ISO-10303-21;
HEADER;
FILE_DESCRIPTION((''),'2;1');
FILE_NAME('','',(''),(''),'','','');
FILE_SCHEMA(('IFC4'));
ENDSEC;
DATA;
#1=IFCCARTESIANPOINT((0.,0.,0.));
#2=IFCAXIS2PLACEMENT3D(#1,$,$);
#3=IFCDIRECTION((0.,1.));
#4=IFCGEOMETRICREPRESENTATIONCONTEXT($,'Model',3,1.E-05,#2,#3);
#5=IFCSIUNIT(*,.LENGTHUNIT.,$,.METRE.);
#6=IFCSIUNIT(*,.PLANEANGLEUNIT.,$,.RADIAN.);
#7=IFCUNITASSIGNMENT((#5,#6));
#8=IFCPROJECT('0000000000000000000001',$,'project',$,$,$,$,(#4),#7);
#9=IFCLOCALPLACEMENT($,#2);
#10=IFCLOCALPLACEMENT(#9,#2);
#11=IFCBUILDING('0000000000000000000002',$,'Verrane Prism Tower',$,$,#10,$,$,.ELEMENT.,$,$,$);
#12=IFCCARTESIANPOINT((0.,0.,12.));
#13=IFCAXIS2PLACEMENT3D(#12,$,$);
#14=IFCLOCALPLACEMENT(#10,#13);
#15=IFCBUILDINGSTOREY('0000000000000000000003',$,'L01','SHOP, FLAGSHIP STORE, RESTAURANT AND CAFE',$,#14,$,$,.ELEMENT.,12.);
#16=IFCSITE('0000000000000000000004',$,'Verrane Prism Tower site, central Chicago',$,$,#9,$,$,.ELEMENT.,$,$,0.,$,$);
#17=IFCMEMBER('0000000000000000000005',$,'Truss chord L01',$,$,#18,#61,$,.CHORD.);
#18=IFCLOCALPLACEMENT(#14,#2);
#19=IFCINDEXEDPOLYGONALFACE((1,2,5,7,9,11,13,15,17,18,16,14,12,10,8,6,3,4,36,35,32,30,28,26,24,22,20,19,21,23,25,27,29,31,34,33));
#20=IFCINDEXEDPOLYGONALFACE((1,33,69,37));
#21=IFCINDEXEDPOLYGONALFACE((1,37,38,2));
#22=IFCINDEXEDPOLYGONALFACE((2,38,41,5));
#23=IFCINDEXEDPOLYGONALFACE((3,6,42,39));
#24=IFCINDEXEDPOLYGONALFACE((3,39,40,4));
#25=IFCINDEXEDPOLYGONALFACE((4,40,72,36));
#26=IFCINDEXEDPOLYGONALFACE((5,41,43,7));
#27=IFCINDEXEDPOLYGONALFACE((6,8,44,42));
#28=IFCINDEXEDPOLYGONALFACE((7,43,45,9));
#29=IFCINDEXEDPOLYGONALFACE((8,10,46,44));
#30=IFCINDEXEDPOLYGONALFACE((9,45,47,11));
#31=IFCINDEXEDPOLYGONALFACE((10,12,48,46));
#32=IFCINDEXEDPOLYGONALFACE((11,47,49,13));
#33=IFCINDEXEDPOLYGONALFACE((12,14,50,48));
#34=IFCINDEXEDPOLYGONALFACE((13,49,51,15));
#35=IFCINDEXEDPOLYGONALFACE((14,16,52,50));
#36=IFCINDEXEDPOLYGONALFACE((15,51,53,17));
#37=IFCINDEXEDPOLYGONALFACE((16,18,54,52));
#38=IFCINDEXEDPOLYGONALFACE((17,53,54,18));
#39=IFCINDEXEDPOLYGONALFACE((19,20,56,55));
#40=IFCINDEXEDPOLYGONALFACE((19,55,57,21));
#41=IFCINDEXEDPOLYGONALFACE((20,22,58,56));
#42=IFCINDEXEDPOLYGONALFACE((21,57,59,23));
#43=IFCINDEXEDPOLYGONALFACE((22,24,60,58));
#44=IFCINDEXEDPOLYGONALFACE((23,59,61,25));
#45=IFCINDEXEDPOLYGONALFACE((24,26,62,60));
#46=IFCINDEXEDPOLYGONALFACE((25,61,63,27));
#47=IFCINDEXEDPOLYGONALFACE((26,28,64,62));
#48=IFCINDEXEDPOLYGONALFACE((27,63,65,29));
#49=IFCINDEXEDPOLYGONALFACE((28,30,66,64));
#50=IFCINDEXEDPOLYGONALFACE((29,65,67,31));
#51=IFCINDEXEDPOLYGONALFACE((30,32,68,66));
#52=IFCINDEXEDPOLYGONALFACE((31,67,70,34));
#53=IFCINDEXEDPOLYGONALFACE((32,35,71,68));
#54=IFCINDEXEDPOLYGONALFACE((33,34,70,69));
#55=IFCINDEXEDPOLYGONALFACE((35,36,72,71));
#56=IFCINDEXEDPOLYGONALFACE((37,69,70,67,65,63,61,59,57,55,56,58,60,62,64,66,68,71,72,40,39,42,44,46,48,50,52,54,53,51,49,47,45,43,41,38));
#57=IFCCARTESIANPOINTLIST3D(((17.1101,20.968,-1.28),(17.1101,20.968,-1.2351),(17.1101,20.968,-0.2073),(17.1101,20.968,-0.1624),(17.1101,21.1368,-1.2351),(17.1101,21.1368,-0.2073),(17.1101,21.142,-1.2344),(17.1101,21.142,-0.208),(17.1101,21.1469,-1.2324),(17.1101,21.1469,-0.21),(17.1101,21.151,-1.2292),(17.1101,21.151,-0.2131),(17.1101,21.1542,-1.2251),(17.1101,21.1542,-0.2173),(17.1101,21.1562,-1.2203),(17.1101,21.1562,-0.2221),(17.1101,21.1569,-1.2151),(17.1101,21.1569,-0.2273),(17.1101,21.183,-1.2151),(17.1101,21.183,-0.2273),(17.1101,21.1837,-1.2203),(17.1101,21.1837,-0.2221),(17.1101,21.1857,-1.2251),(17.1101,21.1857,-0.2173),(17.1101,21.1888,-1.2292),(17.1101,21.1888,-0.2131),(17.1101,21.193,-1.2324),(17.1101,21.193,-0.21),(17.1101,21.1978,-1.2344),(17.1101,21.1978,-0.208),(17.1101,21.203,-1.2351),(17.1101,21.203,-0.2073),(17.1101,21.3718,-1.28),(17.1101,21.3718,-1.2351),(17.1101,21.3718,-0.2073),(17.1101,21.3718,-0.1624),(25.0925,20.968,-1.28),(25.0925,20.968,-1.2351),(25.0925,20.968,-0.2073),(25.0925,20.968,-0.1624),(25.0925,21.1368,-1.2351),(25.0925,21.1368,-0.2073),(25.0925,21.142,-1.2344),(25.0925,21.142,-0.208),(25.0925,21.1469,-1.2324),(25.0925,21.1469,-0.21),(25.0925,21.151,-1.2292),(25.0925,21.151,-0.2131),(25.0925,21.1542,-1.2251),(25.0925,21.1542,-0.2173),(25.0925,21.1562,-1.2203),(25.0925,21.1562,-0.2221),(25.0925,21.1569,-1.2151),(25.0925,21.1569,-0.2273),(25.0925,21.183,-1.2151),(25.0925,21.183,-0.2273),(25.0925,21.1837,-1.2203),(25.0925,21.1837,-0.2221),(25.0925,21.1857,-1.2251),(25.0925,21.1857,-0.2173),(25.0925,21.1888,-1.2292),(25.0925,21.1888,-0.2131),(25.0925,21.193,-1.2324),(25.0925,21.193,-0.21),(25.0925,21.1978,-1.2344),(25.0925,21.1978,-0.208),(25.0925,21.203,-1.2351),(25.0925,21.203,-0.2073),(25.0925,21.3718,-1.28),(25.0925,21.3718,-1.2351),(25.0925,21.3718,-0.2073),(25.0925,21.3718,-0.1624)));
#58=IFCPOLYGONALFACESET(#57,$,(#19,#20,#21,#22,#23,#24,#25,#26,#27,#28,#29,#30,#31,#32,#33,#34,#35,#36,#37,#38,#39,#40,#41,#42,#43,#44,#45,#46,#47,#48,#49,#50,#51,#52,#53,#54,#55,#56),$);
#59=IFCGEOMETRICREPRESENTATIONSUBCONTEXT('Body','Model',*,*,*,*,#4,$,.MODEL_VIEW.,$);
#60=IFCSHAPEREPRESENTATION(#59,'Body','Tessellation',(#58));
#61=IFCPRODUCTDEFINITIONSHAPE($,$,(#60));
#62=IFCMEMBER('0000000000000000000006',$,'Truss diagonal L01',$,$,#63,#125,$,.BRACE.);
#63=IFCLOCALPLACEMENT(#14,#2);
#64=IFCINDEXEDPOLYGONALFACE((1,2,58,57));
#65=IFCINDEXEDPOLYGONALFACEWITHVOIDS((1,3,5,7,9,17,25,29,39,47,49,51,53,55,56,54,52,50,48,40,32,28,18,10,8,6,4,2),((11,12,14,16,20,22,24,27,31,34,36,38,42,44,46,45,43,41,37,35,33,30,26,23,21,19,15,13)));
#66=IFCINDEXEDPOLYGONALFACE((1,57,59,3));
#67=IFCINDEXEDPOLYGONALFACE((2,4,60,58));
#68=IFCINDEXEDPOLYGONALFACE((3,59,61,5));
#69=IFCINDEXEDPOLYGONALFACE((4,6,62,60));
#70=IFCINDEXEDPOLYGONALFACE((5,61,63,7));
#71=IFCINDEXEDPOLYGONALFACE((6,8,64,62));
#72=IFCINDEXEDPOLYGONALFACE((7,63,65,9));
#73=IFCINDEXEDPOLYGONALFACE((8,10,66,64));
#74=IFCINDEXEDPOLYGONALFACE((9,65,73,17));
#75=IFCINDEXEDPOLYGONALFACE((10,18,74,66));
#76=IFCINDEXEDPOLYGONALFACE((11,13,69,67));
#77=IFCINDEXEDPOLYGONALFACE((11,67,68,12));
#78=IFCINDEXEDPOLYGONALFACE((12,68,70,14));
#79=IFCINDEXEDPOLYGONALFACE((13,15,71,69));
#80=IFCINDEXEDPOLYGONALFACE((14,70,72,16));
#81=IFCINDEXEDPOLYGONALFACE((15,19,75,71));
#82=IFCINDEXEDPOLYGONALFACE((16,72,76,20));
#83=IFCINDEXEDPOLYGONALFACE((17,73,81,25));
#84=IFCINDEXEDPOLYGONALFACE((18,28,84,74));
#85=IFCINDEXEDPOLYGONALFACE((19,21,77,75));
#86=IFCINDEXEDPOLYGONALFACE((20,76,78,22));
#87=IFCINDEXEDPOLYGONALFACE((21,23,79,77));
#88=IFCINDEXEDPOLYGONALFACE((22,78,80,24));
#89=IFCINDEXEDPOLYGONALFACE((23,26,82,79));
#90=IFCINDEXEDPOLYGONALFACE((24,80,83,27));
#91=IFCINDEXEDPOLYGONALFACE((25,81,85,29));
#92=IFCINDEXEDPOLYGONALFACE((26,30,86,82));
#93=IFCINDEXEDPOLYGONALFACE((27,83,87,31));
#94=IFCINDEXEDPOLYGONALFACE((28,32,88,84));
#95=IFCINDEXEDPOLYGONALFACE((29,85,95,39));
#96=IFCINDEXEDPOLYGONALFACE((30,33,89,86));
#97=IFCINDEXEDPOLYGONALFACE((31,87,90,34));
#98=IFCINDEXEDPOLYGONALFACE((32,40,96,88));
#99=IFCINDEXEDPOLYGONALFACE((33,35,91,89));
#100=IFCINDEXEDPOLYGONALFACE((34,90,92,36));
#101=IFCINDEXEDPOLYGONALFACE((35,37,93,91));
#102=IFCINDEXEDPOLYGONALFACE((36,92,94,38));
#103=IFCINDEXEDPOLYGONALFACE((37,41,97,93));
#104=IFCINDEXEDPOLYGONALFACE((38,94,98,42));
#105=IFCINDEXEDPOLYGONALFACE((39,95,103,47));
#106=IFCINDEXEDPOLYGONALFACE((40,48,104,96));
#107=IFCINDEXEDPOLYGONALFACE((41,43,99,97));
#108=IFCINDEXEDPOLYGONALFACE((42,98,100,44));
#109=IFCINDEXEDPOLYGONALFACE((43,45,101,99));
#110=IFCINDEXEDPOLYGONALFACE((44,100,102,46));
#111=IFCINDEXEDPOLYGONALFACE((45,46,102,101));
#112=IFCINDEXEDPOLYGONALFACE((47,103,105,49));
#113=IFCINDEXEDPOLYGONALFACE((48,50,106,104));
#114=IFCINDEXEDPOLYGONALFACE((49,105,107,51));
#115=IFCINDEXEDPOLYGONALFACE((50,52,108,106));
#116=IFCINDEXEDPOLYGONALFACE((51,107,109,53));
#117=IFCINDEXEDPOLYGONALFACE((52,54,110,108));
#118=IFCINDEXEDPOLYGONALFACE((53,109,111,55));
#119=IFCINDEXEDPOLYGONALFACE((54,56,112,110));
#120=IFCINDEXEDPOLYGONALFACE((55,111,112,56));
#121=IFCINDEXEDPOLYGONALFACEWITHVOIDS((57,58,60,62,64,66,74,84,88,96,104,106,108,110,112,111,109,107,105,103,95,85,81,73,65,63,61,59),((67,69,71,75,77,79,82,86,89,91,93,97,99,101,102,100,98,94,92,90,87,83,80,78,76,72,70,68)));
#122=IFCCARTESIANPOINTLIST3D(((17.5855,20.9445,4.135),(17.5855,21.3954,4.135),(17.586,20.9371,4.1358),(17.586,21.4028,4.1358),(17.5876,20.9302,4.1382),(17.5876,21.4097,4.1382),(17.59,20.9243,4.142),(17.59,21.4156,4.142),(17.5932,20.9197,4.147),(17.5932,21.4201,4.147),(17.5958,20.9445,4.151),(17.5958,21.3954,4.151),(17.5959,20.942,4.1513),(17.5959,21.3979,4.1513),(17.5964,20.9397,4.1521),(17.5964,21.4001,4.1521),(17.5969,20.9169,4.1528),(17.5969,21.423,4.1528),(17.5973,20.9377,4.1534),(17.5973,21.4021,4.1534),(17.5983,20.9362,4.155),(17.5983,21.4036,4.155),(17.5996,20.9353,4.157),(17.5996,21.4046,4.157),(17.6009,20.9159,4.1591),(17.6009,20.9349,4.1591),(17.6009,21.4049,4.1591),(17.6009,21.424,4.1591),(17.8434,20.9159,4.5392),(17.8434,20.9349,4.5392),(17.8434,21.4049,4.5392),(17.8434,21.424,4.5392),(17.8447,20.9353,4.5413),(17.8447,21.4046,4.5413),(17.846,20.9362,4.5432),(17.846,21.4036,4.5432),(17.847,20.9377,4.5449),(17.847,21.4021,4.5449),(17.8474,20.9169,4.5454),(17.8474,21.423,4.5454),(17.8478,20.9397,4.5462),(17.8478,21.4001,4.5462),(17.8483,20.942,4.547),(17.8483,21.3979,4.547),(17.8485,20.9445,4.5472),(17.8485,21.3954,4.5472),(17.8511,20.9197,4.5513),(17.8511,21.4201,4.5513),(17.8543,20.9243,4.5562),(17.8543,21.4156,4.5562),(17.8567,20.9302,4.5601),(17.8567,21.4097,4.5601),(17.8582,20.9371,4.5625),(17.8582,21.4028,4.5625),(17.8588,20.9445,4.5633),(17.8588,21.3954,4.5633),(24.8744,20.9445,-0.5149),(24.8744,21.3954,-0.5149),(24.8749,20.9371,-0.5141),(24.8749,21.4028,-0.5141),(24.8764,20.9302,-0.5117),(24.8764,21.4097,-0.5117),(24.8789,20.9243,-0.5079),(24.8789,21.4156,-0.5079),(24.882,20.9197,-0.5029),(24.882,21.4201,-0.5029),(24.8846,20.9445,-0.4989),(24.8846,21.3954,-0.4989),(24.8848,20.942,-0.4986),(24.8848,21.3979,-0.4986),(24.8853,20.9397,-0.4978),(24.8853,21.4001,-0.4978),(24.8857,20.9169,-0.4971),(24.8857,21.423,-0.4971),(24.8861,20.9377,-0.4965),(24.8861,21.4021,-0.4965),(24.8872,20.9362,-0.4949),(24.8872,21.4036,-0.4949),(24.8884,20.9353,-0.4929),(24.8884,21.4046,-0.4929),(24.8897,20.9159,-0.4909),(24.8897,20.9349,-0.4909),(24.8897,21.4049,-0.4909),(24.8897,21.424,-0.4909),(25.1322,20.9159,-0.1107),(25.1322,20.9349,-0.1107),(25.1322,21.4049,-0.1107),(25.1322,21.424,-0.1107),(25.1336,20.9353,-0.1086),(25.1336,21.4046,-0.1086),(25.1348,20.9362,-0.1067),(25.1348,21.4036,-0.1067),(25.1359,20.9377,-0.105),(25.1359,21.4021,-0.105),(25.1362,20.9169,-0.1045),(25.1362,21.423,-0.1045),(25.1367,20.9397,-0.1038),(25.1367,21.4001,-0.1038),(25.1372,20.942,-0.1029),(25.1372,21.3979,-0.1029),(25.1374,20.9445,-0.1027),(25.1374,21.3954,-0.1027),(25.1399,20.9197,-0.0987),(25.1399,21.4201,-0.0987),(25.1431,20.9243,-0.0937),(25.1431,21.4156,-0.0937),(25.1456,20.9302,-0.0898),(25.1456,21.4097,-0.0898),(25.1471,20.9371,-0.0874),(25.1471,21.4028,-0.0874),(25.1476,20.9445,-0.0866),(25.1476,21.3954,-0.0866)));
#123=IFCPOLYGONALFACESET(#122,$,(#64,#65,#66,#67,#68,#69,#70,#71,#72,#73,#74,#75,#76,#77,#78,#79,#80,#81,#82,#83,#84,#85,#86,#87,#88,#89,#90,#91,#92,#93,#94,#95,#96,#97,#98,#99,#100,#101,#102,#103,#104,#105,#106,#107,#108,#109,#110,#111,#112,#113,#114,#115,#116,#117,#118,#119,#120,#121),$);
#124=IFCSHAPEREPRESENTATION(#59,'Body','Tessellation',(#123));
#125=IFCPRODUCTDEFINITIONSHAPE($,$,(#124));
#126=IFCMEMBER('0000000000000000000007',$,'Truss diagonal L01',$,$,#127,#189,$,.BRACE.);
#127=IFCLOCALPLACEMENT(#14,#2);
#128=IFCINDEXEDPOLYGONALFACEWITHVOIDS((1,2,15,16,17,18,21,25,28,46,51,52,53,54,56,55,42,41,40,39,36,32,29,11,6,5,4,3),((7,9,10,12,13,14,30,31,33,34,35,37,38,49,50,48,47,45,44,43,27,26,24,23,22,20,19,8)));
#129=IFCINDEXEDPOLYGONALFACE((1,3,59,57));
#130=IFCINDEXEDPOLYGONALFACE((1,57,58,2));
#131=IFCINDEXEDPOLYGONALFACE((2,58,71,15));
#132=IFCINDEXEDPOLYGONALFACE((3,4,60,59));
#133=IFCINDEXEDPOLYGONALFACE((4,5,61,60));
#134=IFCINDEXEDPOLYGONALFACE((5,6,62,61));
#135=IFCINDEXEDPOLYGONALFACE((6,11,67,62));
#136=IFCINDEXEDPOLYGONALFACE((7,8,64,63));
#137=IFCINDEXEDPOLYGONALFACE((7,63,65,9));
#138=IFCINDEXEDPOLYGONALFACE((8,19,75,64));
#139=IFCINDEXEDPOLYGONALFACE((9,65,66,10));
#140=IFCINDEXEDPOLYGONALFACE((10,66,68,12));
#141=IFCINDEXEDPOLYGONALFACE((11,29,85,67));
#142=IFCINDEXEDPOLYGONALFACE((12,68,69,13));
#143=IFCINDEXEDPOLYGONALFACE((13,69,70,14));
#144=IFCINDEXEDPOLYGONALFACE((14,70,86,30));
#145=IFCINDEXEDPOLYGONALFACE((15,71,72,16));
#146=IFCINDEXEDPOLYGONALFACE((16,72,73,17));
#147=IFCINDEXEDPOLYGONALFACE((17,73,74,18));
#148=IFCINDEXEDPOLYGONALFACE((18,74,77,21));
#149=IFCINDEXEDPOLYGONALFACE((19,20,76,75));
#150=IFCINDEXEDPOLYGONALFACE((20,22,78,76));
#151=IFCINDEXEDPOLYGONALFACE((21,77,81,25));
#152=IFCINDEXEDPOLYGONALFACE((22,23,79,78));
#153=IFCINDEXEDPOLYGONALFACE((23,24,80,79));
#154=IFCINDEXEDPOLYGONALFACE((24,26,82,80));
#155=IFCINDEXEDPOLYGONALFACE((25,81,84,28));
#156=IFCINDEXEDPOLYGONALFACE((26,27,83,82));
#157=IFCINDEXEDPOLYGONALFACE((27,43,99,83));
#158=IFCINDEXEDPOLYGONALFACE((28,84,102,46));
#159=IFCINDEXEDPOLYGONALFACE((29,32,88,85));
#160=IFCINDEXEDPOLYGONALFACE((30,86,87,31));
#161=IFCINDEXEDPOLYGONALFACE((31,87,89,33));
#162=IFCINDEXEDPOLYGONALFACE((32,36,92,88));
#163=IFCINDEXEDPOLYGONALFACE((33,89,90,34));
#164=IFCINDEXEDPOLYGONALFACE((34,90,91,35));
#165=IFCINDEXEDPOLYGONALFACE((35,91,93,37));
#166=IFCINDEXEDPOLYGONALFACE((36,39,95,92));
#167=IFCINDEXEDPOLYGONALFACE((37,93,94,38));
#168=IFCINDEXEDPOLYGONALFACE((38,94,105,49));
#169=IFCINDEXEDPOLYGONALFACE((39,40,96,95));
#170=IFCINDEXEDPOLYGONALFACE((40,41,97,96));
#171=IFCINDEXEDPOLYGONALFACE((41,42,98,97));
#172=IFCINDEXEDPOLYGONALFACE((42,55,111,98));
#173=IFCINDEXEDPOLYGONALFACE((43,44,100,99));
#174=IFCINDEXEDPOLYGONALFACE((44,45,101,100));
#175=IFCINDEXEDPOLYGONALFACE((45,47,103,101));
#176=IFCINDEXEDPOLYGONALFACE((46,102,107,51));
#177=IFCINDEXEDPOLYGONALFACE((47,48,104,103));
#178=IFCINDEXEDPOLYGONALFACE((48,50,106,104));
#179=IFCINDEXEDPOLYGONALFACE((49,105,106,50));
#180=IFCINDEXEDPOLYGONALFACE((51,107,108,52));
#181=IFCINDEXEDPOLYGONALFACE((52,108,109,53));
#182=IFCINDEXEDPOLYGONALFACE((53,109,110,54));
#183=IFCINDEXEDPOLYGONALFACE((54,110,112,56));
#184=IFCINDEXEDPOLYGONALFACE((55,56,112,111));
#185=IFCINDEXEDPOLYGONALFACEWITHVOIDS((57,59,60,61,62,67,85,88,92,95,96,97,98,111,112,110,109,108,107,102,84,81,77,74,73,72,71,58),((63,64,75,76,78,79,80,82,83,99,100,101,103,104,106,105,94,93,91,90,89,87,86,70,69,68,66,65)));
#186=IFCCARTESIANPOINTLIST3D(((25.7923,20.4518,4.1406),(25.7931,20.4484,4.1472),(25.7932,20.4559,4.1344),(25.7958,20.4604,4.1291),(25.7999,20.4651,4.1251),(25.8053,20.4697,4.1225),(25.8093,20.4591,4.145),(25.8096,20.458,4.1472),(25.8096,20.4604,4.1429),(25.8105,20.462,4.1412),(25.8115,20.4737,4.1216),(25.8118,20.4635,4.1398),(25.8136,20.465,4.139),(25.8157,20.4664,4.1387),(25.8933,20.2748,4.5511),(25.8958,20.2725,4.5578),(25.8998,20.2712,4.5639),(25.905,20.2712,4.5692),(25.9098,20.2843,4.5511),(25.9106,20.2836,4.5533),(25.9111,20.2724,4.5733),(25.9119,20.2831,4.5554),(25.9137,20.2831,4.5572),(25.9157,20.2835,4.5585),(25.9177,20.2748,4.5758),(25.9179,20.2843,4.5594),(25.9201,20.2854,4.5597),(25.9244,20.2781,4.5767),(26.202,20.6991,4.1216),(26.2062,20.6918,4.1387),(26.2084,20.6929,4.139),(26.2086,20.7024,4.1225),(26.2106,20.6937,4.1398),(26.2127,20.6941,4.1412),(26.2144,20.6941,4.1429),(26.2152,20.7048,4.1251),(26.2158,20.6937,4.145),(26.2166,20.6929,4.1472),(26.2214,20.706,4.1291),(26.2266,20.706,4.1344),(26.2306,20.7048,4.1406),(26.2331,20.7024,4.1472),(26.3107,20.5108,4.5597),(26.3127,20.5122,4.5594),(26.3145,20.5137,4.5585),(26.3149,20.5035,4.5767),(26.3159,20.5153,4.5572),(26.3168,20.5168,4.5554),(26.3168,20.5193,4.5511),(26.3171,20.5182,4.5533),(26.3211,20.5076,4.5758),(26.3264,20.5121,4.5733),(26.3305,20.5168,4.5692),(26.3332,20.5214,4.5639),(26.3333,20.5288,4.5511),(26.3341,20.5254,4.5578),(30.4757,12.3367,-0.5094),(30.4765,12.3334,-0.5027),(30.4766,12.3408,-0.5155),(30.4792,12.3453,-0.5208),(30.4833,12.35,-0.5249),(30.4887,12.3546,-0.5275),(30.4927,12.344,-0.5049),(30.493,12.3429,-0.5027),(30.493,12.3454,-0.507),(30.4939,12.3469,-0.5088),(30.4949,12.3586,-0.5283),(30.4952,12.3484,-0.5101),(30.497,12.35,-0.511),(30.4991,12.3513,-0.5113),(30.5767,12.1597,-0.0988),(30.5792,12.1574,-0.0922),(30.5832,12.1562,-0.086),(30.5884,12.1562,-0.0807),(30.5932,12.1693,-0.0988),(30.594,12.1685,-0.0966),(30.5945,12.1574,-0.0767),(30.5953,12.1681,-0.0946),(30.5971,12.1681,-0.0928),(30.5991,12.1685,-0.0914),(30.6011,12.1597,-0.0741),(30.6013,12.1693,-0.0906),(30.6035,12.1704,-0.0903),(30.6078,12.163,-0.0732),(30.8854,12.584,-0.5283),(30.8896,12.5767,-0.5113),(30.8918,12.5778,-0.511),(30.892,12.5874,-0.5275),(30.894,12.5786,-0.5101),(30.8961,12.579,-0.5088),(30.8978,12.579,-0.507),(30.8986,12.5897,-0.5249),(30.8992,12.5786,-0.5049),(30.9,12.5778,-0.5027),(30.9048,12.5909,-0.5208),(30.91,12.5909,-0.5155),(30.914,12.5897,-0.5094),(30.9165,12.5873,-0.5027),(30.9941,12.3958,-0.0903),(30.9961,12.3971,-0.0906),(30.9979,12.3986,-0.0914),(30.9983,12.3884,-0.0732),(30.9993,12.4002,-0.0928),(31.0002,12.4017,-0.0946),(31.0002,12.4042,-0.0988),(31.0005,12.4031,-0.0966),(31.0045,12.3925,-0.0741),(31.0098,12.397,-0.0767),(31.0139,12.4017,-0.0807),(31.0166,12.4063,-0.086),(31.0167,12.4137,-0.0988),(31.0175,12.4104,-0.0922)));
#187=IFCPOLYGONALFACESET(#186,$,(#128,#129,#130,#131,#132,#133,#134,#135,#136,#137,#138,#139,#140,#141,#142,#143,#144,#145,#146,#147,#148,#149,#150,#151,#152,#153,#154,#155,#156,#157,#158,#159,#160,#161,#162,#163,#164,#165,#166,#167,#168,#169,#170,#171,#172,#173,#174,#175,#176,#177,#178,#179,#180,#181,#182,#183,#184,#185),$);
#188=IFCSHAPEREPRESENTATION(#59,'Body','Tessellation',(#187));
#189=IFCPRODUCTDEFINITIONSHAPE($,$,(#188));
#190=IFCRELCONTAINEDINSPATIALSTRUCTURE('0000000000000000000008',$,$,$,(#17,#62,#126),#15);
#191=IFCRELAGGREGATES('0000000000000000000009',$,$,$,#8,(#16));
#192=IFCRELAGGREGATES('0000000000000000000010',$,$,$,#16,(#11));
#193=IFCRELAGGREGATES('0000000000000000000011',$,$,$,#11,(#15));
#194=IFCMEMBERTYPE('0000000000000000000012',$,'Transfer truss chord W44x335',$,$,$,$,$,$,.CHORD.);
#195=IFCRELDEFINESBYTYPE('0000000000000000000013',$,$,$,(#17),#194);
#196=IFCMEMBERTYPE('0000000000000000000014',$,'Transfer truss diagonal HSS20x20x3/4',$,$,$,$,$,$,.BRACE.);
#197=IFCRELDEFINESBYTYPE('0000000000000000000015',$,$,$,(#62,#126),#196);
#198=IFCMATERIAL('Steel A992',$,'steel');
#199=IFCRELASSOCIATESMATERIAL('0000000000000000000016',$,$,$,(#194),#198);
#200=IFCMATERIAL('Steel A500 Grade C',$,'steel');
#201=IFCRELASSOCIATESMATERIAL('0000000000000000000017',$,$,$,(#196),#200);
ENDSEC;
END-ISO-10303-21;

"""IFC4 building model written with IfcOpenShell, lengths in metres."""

from ifc_helpers import new_model, si_unit, direction, frame, origin, origin_2d, place, context, subcontext, project, spatial, hollow_rectangle, i_section, extrude, material, material_profile, profile_set, type_object, element, save


model = new_model("IFC4")

# Units and contexts
model_context = context("Model", 3, precision=1e-05, world=origin(), true_north=direction((0.0, 1.0)))
body_context = subcontext(model_context, "Body", "Model", "MODEL_VIEW")
ifc_project = project(units=[si_unit("LENGTHUNIT", "METRE"), si_unit("PLANEANGLEUNIT", "RADIAN")], contexts=[model_context])

# Site, building, storey
site_placement = place(None, origin())
site = spatial("IfcSite", under=ifc_project, at=site_placement, Name="Verrane Prism Tower site, central Chicago", CompositionType="ELEMENT", RefElevation=0.0)
building_placement = place(site_placement, origin())
building = spatial("IfcBuilding", under=site, at=building_placement, Name="Verrane Prism Tower", CompositionType="ELEMENT")
storey_placement = place(building_placement, frame((0.0, 0.0, 12.0)))
storey = spatial("IfcBuildingStorey", under=building, at=storey_placement, Name="L01", Description="SHOP, FLAGSHIP STORE, RESTAURANT AND CAFE", CompositionType="ELEMENT", Elevation=12.0)

# Members
ifc_material_1 = material(Name="Steel A992", Category="steel")
ifc_material_profile_1 = material_profile(ifc_material_1, i_section(OverallWidth=0.4038, OverallDepth=1.1177, WebThickness=0.0261, FlangeThickness=0.0449, FilletRadius=0.02, at=origin_2d()), Name="W44x335")
ifc_profile_set_1 = profile_set([ifc_material_profile_1], Name="Steel A992")
member_type_1 = type_object("IfcMemberType", Name="Transfer truss chord W44x335", PredefinedType="CHORD", material=ifc_profile_set_1)
member_1_placement = place(storey_placement, frame((25.0925, 21.1699, -0.7212), z_axis=(-1.0, 0.0, 0.0), x_axis=(0.0, -1.0, 0.0)))
element("IfcMember", 1, at=member_1_placement, inside=storey, type_object=member_type_1, Name="Truss chord L01", PredefinedType="CHORD", context=body_context, shape_type="SweptSolid", body=[
    extrude(i_section(OverallWidth=0.4038, OverallDepth=1.1177, WebThickness=0.0261, FlangeThickness=0.0449, FilletRadius=0.02, at=origin_2d()), origin(), (0.0, 0.0, 1.0), 7.9824),
])
ifc_material_2 = material(Name="Steel A500 Grade C", Category="steel")
ifc_material_profile_2 = material_profile(ifc_material_2, hollow_rectangle(XDim=0.5081, YDim=0.5081, WallThickness=0.019, InnerFilletRadius=0.0095, OuterFilletRadius=0.0286, at=origin_2d()), Name="HSS20x20x3/4")
ifc_profile_set_2 = profile_set([ifc_material_profile_2], Name="Steel A500 Grade C")
member_type_2 = type_object("IfcMemberType", Name="Transfer truss diagonal HSS20x20x3/4", PredefinedType="BRACE", material=ifc_profile_set_2)
member_2_placement = place(storey_placement, frame((25.011, 21.1699, -0.3008), z_axis=(-0.843055, 0.0, 0.537827), x_axis=(0.0, -1.0, 0.0)))
element("IfcMember", 2, at=member_2_placement, inside=storey, type_object=member_type_2, Name="Truss diagonal L01", PredefinedType="BRACE", context=body_context, shape_type="SweptSolid", body=[
    extrude(hollow_rectangle(XDim=0.5081, YDim=0.5081, WallThickness=0.019, InnerFilletRadius=0.0095, OuterFilletRadius=0.0286, at=origin_2d()), origin(), (0.0, 0.0, 1.0), 8.6458),
])
member_3_placement = place(storey_placement, frame((30.7466, 12.3735, -0.3008), z_axis=(-0.447745, 0.775823, 0.444548), x_axis=(-0.866111, -0.499853, 0.0)))
element("IfcMember", 3, at=member_3_placement, inside=storey, type_object=member_type_2, Name="Truss diagonal L01", PredefinedType="BRACE", context=body_context, shape_type="SweptSolid", body=[
    extrude(hollow_rectangle(XDim=0.5081, YDim=0.5081, WallThickness=0.019, InnerFilletRadius=0.0095, OuterFilletRadius=0.0286, at=origin_2d()), origin(), (0.0, 0.0, 1.0), 10.46),
])

save(model, "model.ifc")
